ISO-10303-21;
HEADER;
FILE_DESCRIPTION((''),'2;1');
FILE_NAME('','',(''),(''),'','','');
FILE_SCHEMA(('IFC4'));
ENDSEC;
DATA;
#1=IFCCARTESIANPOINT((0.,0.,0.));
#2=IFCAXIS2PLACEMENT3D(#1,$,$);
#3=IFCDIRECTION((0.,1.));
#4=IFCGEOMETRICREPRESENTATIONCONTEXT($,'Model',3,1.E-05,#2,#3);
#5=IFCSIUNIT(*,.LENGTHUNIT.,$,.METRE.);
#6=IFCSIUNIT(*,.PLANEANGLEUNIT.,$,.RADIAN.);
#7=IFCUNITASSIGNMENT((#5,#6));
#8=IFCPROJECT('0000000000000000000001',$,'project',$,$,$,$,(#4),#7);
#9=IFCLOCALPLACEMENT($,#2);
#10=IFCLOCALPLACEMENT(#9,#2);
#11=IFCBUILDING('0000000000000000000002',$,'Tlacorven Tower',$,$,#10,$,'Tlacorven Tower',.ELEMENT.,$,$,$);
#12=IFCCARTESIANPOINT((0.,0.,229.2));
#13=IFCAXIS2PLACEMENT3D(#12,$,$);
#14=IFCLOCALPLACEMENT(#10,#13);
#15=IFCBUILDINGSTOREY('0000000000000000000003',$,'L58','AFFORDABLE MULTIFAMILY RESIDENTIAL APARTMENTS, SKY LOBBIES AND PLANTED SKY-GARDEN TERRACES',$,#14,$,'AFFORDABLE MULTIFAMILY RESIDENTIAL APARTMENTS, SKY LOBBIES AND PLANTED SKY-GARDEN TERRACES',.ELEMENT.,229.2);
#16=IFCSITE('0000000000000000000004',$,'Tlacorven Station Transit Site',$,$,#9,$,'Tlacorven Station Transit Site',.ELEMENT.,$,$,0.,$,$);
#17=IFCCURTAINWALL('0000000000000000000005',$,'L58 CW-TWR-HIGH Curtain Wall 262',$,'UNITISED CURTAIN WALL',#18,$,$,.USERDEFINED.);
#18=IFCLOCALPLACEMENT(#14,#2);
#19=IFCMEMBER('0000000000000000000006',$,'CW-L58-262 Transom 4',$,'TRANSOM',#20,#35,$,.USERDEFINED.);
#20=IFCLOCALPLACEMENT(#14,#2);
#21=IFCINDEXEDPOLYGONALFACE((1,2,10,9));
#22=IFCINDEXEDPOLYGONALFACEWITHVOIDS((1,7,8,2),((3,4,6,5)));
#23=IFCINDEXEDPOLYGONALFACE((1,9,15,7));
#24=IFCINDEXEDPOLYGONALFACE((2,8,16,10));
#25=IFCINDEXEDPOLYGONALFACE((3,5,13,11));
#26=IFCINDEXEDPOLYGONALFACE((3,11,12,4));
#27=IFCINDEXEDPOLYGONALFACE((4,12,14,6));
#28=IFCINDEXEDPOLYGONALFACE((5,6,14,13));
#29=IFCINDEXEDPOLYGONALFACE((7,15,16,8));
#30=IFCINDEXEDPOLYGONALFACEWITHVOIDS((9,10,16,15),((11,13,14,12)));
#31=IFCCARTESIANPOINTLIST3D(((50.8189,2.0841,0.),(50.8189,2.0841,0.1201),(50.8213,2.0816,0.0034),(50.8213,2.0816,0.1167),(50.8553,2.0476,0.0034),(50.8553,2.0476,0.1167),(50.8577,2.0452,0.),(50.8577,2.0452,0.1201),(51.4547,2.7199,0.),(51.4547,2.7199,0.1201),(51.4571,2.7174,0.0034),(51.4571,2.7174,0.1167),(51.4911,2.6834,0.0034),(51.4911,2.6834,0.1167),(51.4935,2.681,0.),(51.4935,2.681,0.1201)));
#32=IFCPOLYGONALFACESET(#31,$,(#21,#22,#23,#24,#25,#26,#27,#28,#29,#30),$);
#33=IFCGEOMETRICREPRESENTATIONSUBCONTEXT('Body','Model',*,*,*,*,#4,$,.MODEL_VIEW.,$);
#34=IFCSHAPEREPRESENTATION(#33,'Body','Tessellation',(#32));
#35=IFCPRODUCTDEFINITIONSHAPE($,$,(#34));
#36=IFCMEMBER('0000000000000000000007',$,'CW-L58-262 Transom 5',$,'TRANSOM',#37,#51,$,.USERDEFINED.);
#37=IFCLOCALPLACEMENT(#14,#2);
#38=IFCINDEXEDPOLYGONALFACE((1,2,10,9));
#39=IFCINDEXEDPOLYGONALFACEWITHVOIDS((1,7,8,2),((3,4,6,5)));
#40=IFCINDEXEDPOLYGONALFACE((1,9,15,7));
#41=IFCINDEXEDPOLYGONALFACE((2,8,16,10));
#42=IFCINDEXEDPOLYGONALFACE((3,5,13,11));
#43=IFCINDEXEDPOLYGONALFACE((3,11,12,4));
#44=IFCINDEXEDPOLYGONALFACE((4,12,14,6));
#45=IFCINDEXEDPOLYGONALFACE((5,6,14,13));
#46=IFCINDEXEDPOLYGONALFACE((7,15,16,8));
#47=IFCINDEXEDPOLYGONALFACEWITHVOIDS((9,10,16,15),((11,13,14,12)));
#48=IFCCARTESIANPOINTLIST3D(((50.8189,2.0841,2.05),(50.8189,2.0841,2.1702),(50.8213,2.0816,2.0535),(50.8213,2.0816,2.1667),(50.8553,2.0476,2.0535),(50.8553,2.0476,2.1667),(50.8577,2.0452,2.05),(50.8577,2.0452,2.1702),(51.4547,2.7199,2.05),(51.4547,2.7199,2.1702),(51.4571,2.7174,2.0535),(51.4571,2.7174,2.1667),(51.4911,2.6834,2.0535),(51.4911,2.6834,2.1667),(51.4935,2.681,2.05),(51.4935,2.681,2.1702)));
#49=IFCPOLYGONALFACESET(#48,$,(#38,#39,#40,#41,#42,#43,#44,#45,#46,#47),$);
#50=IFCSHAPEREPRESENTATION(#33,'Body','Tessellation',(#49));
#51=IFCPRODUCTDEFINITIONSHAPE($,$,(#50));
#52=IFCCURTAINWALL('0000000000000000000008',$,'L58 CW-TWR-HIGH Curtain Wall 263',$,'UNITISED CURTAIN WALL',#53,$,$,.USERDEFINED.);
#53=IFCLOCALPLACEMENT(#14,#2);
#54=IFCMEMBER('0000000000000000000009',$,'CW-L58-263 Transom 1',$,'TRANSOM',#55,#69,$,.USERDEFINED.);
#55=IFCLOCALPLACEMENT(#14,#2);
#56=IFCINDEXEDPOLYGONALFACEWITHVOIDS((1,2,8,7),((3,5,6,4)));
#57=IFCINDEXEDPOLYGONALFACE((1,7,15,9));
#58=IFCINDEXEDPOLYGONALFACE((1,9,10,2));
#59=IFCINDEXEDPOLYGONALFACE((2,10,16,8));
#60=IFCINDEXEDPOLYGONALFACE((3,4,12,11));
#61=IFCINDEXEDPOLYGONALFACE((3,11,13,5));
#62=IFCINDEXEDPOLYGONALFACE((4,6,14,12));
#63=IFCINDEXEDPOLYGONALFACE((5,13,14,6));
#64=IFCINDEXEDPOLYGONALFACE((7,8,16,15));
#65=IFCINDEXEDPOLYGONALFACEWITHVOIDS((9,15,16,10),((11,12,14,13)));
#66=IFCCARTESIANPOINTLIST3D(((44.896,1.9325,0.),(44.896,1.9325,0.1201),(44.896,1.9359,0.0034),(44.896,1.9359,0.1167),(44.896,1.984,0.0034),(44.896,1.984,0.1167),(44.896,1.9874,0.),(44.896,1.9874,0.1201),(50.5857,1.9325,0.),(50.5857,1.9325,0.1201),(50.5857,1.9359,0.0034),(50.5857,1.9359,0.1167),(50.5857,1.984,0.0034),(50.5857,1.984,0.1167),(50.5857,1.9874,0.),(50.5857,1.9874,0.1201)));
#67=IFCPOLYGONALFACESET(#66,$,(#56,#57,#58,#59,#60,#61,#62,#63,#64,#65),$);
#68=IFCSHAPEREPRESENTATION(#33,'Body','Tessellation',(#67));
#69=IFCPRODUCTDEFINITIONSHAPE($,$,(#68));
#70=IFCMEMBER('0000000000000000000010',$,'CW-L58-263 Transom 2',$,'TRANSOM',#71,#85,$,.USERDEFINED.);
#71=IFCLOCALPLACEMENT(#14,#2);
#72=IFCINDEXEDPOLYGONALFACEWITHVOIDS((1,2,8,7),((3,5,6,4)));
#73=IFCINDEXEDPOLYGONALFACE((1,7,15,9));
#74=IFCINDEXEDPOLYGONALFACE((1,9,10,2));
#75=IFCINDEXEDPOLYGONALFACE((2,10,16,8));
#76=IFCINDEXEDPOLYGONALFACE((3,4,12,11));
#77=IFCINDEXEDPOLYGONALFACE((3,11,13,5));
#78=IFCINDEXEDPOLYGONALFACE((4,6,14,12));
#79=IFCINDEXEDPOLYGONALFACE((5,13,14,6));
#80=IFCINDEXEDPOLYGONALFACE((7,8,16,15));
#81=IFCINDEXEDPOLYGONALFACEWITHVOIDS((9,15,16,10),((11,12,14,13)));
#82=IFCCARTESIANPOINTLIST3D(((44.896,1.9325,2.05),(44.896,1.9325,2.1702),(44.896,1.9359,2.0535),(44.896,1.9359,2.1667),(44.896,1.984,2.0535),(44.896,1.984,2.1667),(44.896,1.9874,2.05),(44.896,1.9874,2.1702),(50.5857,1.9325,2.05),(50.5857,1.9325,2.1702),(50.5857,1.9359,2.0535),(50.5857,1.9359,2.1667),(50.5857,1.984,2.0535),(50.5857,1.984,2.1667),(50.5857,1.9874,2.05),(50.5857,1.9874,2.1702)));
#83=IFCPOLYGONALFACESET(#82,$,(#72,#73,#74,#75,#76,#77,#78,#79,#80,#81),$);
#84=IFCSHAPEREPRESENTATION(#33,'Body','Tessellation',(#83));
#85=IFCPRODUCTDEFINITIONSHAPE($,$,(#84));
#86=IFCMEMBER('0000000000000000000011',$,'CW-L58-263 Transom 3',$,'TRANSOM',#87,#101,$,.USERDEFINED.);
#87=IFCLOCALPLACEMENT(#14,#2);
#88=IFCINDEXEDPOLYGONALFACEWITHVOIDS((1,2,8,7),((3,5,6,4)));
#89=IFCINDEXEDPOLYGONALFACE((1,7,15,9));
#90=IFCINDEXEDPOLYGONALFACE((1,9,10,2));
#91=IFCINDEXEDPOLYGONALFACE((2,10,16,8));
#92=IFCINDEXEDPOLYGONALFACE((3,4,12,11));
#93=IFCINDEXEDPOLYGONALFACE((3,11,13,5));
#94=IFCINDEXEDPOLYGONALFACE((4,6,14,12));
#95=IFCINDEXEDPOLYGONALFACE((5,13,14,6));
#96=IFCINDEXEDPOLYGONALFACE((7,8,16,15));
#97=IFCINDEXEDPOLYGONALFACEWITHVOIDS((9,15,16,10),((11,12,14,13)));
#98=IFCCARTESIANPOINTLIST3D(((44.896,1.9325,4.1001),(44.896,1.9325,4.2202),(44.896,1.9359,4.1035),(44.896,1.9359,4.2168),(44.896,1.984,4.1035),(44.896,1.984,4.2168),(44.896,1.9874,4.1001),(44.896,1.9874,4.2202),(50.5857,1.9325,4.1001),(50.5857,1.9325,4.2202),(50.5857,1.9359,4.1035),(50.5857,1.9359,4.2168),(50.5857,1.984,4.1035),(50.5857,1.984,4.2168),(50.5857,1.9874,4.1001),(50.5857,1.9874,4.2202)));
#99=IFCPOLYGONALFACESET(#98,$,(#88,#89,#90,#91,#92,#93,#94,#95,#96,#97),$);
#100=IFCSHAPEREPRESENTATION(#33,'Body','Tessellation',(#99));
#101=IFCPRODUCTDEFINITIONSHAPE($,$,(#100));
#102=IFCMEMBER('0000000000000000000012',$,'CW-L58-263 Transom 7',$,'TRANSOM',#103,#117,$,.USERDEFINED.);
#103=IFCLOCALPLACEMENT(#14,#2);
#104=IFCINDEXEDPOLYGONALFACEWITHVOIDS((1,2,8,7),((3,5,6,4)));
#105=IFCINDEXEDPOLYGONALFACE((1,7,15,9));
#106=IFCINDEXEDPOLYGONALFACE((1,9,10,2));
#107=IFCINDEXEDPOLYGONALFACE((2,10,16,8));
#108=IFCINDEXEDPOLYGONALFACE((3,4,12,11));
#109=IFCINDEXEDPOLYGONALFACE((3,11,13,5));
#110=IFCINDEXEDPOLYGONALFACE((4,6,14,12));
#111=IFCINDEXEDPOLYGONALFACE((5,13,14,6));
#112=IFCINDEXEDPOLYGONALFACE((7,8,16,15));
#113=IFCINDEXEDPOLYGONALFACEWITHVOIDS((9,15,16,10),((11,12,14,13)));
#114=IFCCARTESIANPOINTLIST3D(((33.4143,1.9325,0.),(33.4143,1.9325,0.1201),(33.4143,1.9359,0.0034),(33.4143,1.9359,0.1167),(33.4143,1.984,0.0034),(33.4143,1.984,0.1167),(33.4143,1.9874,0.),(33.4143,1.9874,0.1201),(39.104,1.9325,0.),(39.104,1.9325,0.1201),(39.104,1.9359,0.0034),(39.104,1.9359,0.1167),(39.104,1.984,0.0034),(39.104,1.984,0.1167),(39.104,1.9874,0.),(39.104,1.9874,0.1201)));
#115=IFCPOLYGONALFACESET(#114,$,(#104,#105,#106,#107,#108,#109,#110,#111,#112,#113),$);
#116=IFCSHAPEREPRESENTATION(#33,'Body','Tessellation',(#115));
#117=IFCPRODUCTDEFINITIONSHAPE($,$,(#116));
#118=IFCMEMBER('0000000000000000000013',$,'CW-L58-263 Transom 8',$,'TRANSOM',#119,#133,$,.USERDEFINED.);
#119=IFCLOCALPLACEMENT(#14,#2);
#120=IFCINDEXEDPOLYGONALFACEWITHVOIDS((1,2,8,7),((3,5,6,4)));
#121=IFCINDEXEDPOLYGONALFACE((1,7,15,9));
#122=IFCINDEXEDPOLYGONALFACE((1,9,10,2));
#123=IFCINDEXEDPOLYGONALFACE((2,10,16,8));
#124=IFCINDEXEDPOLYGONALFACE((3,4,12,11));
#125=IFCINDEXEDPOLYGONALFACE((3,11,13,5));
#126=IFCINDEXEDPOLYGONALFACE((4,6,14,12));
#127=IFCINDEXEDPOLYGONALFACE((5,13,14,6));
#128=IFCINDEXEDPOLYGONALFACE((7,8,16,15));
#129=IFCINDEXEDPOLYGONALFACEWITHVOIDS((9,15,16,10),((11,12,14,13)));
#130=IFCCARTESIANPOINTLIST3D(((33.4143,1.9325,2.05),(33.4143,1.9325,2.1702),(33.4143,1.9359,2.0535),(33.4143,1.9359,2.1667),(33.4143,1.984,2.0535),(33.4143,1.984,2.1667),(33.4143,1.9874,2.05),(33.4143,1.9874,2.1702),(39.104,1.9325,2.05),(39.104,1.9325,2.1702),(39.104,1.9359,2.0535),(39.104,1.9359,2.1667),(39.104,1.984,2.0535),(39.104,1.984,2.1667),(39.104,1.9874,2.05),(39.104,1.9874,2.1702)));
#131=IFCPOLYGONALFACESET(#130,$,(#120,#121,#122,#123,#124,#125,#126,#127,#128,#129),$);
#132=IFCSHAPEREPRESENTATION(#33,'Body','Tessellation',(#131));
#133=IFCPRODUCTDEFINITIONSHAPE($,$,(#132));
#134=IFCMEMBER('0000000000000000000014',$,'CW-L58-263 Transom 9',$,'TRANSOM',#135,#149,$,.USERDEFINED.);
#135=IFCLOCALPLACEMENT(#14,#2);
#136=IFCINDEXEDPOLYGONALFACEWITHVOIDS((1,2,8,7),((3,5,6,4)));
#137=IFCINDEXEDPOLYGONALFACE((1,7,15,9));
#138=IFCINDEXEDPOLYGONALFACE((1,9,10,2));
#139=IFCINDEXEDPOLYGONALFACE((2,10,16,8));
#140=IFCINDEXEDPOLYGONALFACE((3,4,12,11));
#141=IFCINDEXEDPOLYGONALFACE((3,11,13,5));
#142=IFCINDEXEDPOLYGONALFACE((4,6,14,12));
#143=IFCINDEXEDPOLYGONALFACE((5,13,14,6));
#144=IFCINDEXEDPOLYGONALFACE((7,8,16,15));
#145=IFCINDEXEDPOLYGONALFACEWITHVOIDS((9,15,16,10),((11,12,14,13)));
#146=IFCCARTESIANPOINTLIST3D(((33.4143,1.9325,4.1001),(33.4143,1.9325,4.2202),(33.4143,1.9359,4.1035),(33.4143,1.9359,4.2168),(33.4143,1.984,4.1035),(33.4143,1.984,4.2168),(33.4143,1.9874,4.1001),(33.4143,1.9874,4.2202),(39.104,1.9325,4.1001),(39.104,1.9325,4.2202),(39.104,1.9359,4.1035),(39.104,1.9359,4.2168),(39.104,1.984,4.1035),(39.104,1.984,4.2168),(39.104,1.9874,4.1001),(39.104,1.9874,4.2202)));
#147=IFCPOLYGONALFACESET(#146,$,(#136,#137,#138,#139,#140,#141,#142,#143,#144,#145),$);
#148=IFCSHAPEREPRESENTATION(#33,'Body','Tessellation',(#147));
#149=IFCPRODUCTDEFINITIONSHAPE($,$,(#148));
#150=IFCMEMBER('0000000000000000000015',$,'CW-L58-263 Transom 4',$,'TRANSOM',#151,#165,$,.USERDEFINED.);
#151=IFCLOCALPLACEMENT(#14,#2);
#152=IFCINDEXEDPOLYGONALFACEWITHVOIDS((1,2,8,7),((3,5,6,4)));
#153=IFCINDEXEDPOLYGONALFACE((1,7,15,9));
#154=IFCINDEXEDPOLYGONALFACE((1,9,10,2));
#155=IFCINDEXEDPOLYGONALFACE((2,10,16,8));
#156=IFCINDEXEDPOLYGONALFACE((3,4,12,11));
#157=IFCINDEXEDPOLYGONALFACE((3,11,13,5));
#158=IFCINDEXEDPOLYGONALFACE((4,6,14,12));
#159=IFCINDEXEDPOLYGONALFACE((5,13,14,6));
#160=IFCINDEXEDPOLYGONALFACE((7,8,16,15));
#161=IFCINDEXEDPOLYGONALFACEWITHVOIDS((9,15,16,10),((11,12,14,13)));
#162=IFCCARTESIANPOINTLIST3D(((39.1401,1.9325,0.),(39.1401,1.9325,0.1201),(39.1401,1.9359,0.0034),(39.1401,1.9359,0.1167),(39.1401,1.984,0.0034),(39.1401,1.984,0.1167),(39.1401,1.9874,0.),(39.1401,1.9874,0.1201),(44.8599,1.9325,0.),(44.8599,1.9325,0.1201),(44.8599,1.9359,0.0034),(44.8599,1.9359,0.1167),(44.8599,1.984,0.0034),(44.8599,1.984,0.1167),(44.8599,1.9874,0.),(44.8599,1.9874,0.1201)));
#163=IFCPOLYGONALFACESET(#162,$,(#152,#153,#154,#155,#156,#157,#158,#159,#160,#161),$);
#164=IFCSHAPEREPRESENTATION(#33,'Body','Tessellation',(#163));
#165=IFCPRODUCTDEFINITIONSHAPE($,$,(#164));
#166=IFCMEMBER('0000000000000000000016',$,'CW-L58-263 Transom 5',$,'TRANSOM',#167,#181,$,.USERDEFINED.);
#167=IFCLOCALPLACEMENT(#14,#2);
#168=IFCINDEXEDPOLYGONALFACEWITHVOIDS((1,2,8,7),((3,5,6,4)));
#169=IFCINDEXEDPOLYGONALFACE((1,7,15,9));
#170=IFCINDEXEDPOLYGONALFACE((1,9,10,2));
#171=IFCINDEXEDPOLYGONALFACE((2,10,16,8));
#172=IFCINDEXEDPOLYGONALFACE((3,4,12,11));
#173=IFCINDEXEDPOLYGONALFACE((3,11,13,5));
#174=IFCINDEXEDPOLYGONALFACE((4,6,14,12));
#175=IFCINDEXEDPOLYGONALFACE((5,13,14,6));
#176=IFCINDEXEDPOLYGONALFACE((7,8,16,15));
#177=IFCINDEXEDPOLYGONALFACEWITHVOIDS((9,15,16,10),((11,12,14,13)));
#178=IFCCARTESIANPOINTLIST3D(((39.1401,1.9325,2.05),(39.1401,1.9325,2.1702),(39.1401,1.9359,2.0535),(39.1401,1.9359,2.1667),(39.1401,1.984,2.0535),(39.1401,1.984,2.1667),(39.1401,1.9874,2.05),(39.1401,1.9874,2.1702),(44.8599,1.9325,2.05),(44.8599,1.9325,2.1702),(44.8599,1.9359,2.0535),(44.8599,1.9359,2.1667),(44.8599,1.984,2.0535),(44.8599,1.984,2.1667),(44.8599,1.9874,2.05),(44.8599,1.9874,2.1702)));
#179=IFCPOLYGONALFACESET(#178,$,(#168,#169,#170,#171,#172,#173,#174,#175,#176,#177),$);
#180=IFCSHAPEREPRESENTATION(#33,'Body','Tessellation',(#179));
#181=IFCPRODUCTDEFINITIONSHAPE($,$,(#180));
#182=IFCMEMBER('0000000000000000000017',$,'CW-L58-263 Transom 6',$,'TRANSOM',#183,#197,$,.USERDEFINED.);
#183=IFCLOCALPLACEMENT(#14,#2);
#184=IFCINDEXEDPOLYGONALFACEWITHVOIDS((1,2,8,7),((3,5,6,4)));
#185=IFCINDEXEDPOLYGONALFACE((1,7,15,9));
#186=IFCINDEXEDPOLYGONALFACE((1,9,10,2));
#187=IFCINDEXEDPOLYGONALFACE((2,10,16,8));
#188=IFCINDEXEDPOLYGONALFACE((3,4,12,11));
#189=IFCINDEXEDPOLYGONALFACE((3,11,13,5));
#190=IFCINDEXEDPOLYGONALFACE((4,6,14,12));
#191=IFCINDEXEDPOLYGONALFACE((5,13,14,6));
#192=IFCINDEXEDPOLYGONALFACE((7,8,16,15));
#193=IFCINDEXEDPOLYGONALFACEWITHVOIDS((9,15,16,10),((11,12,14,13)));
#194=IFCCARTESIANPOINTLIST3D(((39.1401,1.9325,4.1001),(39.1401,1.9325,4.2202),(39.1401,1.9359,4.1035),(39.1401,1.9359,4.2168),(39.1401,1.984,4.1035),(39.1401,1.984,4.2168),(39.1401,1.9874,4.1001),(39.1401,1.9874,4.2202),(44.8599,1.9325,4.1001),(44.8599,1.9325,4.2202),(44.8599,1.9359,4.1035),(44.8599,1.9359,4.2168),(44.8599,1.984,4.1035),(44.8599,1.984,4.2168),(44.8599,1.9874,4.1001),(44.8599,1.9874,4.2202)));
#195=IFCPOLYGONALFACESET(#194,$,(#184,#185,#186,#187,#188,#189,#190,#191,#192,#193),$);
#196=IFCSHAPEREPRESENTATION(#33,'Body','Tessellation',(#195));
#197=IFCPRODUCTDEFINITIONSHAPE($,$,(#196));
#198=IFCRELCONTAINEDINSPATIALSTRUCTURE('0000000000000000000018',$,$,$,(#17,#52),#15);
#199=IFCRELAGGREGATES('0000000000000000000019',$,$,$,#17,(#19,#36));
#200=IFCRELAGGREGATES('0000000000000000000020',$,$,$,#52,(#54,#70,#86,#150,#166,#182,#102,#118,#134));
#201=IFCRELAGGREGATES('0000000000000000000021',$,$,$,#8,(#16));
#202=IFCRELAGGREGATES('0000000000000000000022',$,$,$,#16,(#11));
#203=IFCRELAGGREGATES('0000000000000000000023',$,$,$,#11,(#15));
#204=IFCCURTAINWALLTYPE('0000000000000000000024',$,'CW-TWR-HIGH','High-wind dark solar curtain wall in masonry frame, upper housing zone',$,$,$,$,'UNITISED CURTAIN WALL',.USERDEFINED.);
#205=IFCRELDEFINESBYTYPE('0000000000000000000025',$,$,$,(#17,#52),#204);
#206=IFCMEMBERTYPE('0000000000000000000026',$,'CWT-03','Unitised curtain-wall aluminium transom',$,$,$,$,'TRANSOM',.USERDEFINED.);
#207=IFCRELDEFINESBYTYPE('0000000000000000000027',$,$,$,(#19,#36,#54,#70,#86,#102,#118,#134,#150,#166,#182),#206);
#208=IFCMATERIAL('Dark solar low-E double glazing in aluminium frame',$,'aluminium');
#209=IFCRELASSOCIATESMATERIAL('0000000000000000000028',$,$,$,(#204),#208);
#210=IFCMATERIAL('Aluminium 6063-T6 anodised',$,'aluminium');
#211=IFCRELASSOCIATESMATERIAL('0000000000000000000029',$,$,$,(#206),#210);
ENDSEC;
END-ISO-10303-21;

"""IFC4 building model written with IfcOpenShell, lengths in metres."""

from ifc_helpers import new_model, si_unit, direction, frame, origin, origin_2d, place, context, subcontext, project, spatial, hollow_rectangle, extrude, source, transform, mapped, material, material_profile, profile_set, type_object, element, aggregate, save


model = new_model("IFC4")

# Units and contexts
model_context = context("Model", 3, precision=1e-05, world=origin(), true_north=direction((0.0, 1.0)))
body_context = subcontext(model_context, "Body", "Model", "MODEL_VIEW")
ifc_project = project(units=[si_unit("LENGTHUNIT", "METRE"), si_unit("PLANEANGLEUNIT", "RADIAN")], contexts=[model_context])

# Site, building, storey
site_placement = place(None, origin())
site = spatial("IfcSite", under=ifc_project, at=site_placement, Name="Tlacorven Station Transit Site", LongName="Tlacorven Station Transit Site", CompositionType="ELEMENT", RefElevation=0.0)
building_placement = place(site_placement, origin())
building = spatial("IfcBuilding", under=site, at=building_placement, Name="Tlacorven Tower", LongName="Tlacorven Tower", CompositionType="ELEMENT")
storey_placement = place(building_placement, frame((0.0, 0.0, 229.2)))
storey = spatial("IfcBuildingStorey", under=building, at=storey_placement, Name="L58", Description="AFFORDABLE MULTIFAMILY RESIDENTIAL APARTMENTS, SKY LOBBIES AND PLANTED SKY-GARDEN TERRACES", LongName="AFFORDABLE MULTIFAMILY RESIDENTIAL APARTMENTS, SKY LOBBIES AND PLANTED SKY-GARDEN TERRACES", CompositionType="ELEMENT", Elevation=229.2)

# Curtain walls, members
ifc_material_1 = material(Name="Dark solar low-E double glazing in aluminium frame", Category="aluminium")
curtain_wall_type = type_object("IfcCurtainWallType", Name="CW-TWR-HIGH", Description="High-wind dark solar curtain wall in masonry frame, upper housing zone", ElementType="UNITISED CURTAIN WALL", PredefinedType="USERDEFINED", material=ifc_material_1)
curtain_wall_1_placement = place(storey_placement, origin())
curtain_wall_1 = element("IfcCurtainWall", 1, at=curtain_wall_1_placement, inside=storey, type_object=curtain_wall_type, Name="L58 CW-TWR-HIGH Curtain Wall 262", ObjectType="UNITISED CURTAIN WALL", PredefinedType="USERDEFINED")
ifc_material_2 = material(Name="Aluminium 6063-T6 anodised", Category="aluminium")
ifc_material_profile_1 = material_profile(ifc_material_2, hollow_rectangle(XDim=0.0549, YDim=0.1201, WallThickness=0.0034, at=origin_2d()), Name="ALU TRANSOM 55X120")
ifc_profile_set_1 = profile_set([ifc_material_profile_1], Name="Aluminium 6063-T6 anodised")
member_type_1 = type_object("IfcMemberType", Name="CWT-03", Description="Unitised curtain-wall aluminium transom", ElementType="TRANSOM", PredefinedType="USERDEFINED", material=ifc_profile_set_1)
shared_shape_1 = source(origin(), body_context, "Body", "SweptSolid", [
    extrude(hollow_rectangle(XDim=0.0549, YDim=0.1201, WallThickness=0.0034, at=origin_2d()), origin(), (0.0, 0.0, 1.0), 0.8992),
])
member_1_placement = place(storey_placement, frame((51.4741, 2.7004, 0.0601), z_axis=(-0.707107, -0.707107, 0.0), x_axis=(0.707107, -0.707107, 0.0)))
member_1 = element("IfcMember", 2, at=member_1_placement, type_object=member_type_1, Name="CW-L58-262 Transom 4", ObjectType="TRANSOM", PredefinedType="USERDEFINED", context=body_context, shape_type="MappedRepresentation", body=[
    mapped(shared_shape_1, transform((0.0, 0.0, 0.0), scale=1.0)),
])
member_2_placement = place(storey_placement, frame((51.4741, 2.7004, 2.1101), z_axis=(-0.707107, -0.707107, 0.0), x_axis=(0.707107, -0.707107, 0.0)))
member_2 = element("IfcMember", 3, at=member_2_placement, type_object=member_type_1, Name="CW-L58-262 Transom 5", ObjectType="TRANSOM", PredefinedType="USERDEFINED", context=body_context, shape_type="MappedRepresentation", body=[
    mapped(shared_shape_1, transform((0.0, 0.0, 0.0), scale=1.0)),
])
curtain_wall_2_placement = place(storey_placement, origin())
curtain_wall_2 = element("IfcCurtainWall", 4, at=curtain_wall_2_placement, inside=storey, type_object=curtain_wall_type, Name="L58 CW-TWR-HIGH Curtain Wall 263", ObjectType="UNITISED CURTAIN WALL", PredefinedType="USERDEFINED")
shared_shape_2 = source(origin(), body_context, "Body", "SweptSolid", [
    extrude(hollow_rectangle(XDim=0.0549, YDim=0.1201, WallThickness=0.0034, at=origin_2d()), origin(), (0.0, 0.0, 1.0), 5.6897),
])
member_3_placement = place(storey_placement, frame((50.5857, 1.96, 0.0601), z_axis=(-1.0, 0.0, 0.0), x_axis=(0.0, -1.0, 0.0)))
member_3 = element("IfcMember", 5, at=member_3_placement, type_object=member_type_1, Name="CW-L58-263 Transom 1", ObjectType="TRANSOM", PredefinedType="USERDEFINED", context=body_context, shape_type="MappedRepresentation", body=[
    mapped(shared_shape_2, transform((0.0, 0.0, 0.0), scale=1.0)),
])
member_4_placement = place(storey_placement, frame((50.5857, 1.96, 2.1101), z_axis=(-1.0, 0.0, 0.0), x_axis=(0.0, -1.0, 0.0)))
member_4 = element("IfcMember", 6, at=member_4_placement, type_object=member_type_1, Name="CW-L58-263 Transom 2", ObjectType="TRANSOM", PredefinedType="USERDEFINED", context=body_context, shape_type="MappedRepresentation", body=[
    mapped(shared_shape_2, transform((0.0, 0.0, 0.0), scale=1.0)),
])
member_5_placement = place(storey_placement, frame((50.5857, 1.96, 4.1602), z_axis=(-1.0, 0.0, 0.0), x_axis=(0.0, -1.0, 0.0)))
member_5 = element("IfcMember", 7, at=member_5_placement, type_object=member_type_1, Name="CW-L58-263 Transom 3", ObjectType="TRANSOM", PredefinedType="USERDEFINED", context=body_context, shape_type="MappedRepresentation", body=[
    mapped(shared_shape_2, transform((0.0, 0.0, 0.0), scale=1.0)),
])
member_6_placement = place(storey_placement, frame((39.104, 1.96, 0.0601), z_axis=(-1.0, 0.0, 0.0), x_axis=(0.0, -1.0, 0.0)))
member_6 = element("IfcMember", 8, at=member_6_placement, type_object=member_type_1, Name="CW-L58-263 Transom 7", ObjectType="TRANSOM", PredefinedType="USERDEFINED", context=body_context, shape_type="MappedRepresentation", body=[
    mapped(shared_shape_2, transform((0.0, 0.0, 0.0), scale=1.0)),
])
member_7_placement = place(storey_placement, frame((39.104, 1.96, 2.1101), z_axis=(-1.0, 0.0, 0.0), x_axis=(0.0, -1.0, 0.0)))
member_7 = element("IfcMember", 9, at=member_7_placement, type_object=member_type_1, Name="CW-L58-263 Transom 8", ObjectType="TRANSOM", PredefinedType="USERDEFINED", context=body_context, shape_type="MappedRepresentation", body=[
    mapped(shared_shape_2, transform((0.0, 0.0, 0.0), scale=1.0)),
])
member_8_placement = place(storey_placement, frame((39.104, 1.96, 4.1602), z_axis=(-1.0, 0.0, 0.0), x_axis=(0.0, -1.0, 0.0)))
member_8 = element("IfcMember", 10, at=member_8_placement, type_object=member_type_1, Name="CW-L58-263 Transom 9", ObjectType="TRANSOM", PredefinedType="USERDEFINED", context=body_context, shape_type="MappedRepresentation", body=[
    mapped(shared_shape_2, transform((0.0, 0.0, 0.0), scale=1.0)),
])
shared_shape_3 = source(origin(), body_context, "Body", "SweptSolid", [
    extrude(hollow_rectangle(XDim=0.0549, YDim=0.1201, WallThickness=0.0034, at=origin_2d()), origin(), (0.0, 0.0, 1.0), 5.7197),
])
member_9_placement = place(storey_placement, frame((44.8599, 1.96, 0.0601), z_axis=(-1.0, 0.0, 0.0), x_axis=(0.0, -1.0, 0.0)))
member_9 = element("IfcMember", 11, at=member_9_placement, type_object=member_type_1, Name="CW-L58-263 Transom 4", ObjectType="TRANSOM", PredefinedType="USERDEFINED", context=body_context, shape_type="MappedRepresentation", body=[
    mapped(shared_shape_3, transform((0.0, 0.0, 0.0), scale=1.0)),
])
member_10_placement = place(storey_placement, frame((44.8599, 1.96, 2.1101), z_axis=(-1.0, 0.0, 0.0), x_axis=(0.0, -1.0, 0.0)))
member_10 = element("IfcMember", 12, at=member_10_placement, type_object=member_type_1, Name="CW-L58-263 Transom 5", ObjectType="TRANSOM", PredefinedType="USERDEFINED", context=body_context, shape_type="MappedRepresentation", body=[
    mapped(shared_shape_3, transform((0.0, 0.0, 0.0), scale=1.0)),
])
member_11_placement = place(storey_placement, frame((44.8599, 1.96, 4.1602), z_axis=(-1.0, 0.0, 0.0), x_axis=(0.0, -1.0, 0.0)))
member_11 = element("IfcMember", 13, at=member_11_placement, type_object=member_type_1, Name="CW-L58-263 Transom 6", ObjectType="TRANSOM", PredefinedType="USERDEFINED", context=body_context, shape_type="MappedRepresentation", body=[
    mapped(shared_shape_3, transform((0.0, 0.0, 0.0), scale=1.0)),
])

aggregate(curtain_wall_1, [member_1, member_2])
aggregate(curtain_wall_2, [member_3, member_4, member_5, member_9, member_10, member_11, member_6, member_7, member_8])

save(model, "model.ifc")
